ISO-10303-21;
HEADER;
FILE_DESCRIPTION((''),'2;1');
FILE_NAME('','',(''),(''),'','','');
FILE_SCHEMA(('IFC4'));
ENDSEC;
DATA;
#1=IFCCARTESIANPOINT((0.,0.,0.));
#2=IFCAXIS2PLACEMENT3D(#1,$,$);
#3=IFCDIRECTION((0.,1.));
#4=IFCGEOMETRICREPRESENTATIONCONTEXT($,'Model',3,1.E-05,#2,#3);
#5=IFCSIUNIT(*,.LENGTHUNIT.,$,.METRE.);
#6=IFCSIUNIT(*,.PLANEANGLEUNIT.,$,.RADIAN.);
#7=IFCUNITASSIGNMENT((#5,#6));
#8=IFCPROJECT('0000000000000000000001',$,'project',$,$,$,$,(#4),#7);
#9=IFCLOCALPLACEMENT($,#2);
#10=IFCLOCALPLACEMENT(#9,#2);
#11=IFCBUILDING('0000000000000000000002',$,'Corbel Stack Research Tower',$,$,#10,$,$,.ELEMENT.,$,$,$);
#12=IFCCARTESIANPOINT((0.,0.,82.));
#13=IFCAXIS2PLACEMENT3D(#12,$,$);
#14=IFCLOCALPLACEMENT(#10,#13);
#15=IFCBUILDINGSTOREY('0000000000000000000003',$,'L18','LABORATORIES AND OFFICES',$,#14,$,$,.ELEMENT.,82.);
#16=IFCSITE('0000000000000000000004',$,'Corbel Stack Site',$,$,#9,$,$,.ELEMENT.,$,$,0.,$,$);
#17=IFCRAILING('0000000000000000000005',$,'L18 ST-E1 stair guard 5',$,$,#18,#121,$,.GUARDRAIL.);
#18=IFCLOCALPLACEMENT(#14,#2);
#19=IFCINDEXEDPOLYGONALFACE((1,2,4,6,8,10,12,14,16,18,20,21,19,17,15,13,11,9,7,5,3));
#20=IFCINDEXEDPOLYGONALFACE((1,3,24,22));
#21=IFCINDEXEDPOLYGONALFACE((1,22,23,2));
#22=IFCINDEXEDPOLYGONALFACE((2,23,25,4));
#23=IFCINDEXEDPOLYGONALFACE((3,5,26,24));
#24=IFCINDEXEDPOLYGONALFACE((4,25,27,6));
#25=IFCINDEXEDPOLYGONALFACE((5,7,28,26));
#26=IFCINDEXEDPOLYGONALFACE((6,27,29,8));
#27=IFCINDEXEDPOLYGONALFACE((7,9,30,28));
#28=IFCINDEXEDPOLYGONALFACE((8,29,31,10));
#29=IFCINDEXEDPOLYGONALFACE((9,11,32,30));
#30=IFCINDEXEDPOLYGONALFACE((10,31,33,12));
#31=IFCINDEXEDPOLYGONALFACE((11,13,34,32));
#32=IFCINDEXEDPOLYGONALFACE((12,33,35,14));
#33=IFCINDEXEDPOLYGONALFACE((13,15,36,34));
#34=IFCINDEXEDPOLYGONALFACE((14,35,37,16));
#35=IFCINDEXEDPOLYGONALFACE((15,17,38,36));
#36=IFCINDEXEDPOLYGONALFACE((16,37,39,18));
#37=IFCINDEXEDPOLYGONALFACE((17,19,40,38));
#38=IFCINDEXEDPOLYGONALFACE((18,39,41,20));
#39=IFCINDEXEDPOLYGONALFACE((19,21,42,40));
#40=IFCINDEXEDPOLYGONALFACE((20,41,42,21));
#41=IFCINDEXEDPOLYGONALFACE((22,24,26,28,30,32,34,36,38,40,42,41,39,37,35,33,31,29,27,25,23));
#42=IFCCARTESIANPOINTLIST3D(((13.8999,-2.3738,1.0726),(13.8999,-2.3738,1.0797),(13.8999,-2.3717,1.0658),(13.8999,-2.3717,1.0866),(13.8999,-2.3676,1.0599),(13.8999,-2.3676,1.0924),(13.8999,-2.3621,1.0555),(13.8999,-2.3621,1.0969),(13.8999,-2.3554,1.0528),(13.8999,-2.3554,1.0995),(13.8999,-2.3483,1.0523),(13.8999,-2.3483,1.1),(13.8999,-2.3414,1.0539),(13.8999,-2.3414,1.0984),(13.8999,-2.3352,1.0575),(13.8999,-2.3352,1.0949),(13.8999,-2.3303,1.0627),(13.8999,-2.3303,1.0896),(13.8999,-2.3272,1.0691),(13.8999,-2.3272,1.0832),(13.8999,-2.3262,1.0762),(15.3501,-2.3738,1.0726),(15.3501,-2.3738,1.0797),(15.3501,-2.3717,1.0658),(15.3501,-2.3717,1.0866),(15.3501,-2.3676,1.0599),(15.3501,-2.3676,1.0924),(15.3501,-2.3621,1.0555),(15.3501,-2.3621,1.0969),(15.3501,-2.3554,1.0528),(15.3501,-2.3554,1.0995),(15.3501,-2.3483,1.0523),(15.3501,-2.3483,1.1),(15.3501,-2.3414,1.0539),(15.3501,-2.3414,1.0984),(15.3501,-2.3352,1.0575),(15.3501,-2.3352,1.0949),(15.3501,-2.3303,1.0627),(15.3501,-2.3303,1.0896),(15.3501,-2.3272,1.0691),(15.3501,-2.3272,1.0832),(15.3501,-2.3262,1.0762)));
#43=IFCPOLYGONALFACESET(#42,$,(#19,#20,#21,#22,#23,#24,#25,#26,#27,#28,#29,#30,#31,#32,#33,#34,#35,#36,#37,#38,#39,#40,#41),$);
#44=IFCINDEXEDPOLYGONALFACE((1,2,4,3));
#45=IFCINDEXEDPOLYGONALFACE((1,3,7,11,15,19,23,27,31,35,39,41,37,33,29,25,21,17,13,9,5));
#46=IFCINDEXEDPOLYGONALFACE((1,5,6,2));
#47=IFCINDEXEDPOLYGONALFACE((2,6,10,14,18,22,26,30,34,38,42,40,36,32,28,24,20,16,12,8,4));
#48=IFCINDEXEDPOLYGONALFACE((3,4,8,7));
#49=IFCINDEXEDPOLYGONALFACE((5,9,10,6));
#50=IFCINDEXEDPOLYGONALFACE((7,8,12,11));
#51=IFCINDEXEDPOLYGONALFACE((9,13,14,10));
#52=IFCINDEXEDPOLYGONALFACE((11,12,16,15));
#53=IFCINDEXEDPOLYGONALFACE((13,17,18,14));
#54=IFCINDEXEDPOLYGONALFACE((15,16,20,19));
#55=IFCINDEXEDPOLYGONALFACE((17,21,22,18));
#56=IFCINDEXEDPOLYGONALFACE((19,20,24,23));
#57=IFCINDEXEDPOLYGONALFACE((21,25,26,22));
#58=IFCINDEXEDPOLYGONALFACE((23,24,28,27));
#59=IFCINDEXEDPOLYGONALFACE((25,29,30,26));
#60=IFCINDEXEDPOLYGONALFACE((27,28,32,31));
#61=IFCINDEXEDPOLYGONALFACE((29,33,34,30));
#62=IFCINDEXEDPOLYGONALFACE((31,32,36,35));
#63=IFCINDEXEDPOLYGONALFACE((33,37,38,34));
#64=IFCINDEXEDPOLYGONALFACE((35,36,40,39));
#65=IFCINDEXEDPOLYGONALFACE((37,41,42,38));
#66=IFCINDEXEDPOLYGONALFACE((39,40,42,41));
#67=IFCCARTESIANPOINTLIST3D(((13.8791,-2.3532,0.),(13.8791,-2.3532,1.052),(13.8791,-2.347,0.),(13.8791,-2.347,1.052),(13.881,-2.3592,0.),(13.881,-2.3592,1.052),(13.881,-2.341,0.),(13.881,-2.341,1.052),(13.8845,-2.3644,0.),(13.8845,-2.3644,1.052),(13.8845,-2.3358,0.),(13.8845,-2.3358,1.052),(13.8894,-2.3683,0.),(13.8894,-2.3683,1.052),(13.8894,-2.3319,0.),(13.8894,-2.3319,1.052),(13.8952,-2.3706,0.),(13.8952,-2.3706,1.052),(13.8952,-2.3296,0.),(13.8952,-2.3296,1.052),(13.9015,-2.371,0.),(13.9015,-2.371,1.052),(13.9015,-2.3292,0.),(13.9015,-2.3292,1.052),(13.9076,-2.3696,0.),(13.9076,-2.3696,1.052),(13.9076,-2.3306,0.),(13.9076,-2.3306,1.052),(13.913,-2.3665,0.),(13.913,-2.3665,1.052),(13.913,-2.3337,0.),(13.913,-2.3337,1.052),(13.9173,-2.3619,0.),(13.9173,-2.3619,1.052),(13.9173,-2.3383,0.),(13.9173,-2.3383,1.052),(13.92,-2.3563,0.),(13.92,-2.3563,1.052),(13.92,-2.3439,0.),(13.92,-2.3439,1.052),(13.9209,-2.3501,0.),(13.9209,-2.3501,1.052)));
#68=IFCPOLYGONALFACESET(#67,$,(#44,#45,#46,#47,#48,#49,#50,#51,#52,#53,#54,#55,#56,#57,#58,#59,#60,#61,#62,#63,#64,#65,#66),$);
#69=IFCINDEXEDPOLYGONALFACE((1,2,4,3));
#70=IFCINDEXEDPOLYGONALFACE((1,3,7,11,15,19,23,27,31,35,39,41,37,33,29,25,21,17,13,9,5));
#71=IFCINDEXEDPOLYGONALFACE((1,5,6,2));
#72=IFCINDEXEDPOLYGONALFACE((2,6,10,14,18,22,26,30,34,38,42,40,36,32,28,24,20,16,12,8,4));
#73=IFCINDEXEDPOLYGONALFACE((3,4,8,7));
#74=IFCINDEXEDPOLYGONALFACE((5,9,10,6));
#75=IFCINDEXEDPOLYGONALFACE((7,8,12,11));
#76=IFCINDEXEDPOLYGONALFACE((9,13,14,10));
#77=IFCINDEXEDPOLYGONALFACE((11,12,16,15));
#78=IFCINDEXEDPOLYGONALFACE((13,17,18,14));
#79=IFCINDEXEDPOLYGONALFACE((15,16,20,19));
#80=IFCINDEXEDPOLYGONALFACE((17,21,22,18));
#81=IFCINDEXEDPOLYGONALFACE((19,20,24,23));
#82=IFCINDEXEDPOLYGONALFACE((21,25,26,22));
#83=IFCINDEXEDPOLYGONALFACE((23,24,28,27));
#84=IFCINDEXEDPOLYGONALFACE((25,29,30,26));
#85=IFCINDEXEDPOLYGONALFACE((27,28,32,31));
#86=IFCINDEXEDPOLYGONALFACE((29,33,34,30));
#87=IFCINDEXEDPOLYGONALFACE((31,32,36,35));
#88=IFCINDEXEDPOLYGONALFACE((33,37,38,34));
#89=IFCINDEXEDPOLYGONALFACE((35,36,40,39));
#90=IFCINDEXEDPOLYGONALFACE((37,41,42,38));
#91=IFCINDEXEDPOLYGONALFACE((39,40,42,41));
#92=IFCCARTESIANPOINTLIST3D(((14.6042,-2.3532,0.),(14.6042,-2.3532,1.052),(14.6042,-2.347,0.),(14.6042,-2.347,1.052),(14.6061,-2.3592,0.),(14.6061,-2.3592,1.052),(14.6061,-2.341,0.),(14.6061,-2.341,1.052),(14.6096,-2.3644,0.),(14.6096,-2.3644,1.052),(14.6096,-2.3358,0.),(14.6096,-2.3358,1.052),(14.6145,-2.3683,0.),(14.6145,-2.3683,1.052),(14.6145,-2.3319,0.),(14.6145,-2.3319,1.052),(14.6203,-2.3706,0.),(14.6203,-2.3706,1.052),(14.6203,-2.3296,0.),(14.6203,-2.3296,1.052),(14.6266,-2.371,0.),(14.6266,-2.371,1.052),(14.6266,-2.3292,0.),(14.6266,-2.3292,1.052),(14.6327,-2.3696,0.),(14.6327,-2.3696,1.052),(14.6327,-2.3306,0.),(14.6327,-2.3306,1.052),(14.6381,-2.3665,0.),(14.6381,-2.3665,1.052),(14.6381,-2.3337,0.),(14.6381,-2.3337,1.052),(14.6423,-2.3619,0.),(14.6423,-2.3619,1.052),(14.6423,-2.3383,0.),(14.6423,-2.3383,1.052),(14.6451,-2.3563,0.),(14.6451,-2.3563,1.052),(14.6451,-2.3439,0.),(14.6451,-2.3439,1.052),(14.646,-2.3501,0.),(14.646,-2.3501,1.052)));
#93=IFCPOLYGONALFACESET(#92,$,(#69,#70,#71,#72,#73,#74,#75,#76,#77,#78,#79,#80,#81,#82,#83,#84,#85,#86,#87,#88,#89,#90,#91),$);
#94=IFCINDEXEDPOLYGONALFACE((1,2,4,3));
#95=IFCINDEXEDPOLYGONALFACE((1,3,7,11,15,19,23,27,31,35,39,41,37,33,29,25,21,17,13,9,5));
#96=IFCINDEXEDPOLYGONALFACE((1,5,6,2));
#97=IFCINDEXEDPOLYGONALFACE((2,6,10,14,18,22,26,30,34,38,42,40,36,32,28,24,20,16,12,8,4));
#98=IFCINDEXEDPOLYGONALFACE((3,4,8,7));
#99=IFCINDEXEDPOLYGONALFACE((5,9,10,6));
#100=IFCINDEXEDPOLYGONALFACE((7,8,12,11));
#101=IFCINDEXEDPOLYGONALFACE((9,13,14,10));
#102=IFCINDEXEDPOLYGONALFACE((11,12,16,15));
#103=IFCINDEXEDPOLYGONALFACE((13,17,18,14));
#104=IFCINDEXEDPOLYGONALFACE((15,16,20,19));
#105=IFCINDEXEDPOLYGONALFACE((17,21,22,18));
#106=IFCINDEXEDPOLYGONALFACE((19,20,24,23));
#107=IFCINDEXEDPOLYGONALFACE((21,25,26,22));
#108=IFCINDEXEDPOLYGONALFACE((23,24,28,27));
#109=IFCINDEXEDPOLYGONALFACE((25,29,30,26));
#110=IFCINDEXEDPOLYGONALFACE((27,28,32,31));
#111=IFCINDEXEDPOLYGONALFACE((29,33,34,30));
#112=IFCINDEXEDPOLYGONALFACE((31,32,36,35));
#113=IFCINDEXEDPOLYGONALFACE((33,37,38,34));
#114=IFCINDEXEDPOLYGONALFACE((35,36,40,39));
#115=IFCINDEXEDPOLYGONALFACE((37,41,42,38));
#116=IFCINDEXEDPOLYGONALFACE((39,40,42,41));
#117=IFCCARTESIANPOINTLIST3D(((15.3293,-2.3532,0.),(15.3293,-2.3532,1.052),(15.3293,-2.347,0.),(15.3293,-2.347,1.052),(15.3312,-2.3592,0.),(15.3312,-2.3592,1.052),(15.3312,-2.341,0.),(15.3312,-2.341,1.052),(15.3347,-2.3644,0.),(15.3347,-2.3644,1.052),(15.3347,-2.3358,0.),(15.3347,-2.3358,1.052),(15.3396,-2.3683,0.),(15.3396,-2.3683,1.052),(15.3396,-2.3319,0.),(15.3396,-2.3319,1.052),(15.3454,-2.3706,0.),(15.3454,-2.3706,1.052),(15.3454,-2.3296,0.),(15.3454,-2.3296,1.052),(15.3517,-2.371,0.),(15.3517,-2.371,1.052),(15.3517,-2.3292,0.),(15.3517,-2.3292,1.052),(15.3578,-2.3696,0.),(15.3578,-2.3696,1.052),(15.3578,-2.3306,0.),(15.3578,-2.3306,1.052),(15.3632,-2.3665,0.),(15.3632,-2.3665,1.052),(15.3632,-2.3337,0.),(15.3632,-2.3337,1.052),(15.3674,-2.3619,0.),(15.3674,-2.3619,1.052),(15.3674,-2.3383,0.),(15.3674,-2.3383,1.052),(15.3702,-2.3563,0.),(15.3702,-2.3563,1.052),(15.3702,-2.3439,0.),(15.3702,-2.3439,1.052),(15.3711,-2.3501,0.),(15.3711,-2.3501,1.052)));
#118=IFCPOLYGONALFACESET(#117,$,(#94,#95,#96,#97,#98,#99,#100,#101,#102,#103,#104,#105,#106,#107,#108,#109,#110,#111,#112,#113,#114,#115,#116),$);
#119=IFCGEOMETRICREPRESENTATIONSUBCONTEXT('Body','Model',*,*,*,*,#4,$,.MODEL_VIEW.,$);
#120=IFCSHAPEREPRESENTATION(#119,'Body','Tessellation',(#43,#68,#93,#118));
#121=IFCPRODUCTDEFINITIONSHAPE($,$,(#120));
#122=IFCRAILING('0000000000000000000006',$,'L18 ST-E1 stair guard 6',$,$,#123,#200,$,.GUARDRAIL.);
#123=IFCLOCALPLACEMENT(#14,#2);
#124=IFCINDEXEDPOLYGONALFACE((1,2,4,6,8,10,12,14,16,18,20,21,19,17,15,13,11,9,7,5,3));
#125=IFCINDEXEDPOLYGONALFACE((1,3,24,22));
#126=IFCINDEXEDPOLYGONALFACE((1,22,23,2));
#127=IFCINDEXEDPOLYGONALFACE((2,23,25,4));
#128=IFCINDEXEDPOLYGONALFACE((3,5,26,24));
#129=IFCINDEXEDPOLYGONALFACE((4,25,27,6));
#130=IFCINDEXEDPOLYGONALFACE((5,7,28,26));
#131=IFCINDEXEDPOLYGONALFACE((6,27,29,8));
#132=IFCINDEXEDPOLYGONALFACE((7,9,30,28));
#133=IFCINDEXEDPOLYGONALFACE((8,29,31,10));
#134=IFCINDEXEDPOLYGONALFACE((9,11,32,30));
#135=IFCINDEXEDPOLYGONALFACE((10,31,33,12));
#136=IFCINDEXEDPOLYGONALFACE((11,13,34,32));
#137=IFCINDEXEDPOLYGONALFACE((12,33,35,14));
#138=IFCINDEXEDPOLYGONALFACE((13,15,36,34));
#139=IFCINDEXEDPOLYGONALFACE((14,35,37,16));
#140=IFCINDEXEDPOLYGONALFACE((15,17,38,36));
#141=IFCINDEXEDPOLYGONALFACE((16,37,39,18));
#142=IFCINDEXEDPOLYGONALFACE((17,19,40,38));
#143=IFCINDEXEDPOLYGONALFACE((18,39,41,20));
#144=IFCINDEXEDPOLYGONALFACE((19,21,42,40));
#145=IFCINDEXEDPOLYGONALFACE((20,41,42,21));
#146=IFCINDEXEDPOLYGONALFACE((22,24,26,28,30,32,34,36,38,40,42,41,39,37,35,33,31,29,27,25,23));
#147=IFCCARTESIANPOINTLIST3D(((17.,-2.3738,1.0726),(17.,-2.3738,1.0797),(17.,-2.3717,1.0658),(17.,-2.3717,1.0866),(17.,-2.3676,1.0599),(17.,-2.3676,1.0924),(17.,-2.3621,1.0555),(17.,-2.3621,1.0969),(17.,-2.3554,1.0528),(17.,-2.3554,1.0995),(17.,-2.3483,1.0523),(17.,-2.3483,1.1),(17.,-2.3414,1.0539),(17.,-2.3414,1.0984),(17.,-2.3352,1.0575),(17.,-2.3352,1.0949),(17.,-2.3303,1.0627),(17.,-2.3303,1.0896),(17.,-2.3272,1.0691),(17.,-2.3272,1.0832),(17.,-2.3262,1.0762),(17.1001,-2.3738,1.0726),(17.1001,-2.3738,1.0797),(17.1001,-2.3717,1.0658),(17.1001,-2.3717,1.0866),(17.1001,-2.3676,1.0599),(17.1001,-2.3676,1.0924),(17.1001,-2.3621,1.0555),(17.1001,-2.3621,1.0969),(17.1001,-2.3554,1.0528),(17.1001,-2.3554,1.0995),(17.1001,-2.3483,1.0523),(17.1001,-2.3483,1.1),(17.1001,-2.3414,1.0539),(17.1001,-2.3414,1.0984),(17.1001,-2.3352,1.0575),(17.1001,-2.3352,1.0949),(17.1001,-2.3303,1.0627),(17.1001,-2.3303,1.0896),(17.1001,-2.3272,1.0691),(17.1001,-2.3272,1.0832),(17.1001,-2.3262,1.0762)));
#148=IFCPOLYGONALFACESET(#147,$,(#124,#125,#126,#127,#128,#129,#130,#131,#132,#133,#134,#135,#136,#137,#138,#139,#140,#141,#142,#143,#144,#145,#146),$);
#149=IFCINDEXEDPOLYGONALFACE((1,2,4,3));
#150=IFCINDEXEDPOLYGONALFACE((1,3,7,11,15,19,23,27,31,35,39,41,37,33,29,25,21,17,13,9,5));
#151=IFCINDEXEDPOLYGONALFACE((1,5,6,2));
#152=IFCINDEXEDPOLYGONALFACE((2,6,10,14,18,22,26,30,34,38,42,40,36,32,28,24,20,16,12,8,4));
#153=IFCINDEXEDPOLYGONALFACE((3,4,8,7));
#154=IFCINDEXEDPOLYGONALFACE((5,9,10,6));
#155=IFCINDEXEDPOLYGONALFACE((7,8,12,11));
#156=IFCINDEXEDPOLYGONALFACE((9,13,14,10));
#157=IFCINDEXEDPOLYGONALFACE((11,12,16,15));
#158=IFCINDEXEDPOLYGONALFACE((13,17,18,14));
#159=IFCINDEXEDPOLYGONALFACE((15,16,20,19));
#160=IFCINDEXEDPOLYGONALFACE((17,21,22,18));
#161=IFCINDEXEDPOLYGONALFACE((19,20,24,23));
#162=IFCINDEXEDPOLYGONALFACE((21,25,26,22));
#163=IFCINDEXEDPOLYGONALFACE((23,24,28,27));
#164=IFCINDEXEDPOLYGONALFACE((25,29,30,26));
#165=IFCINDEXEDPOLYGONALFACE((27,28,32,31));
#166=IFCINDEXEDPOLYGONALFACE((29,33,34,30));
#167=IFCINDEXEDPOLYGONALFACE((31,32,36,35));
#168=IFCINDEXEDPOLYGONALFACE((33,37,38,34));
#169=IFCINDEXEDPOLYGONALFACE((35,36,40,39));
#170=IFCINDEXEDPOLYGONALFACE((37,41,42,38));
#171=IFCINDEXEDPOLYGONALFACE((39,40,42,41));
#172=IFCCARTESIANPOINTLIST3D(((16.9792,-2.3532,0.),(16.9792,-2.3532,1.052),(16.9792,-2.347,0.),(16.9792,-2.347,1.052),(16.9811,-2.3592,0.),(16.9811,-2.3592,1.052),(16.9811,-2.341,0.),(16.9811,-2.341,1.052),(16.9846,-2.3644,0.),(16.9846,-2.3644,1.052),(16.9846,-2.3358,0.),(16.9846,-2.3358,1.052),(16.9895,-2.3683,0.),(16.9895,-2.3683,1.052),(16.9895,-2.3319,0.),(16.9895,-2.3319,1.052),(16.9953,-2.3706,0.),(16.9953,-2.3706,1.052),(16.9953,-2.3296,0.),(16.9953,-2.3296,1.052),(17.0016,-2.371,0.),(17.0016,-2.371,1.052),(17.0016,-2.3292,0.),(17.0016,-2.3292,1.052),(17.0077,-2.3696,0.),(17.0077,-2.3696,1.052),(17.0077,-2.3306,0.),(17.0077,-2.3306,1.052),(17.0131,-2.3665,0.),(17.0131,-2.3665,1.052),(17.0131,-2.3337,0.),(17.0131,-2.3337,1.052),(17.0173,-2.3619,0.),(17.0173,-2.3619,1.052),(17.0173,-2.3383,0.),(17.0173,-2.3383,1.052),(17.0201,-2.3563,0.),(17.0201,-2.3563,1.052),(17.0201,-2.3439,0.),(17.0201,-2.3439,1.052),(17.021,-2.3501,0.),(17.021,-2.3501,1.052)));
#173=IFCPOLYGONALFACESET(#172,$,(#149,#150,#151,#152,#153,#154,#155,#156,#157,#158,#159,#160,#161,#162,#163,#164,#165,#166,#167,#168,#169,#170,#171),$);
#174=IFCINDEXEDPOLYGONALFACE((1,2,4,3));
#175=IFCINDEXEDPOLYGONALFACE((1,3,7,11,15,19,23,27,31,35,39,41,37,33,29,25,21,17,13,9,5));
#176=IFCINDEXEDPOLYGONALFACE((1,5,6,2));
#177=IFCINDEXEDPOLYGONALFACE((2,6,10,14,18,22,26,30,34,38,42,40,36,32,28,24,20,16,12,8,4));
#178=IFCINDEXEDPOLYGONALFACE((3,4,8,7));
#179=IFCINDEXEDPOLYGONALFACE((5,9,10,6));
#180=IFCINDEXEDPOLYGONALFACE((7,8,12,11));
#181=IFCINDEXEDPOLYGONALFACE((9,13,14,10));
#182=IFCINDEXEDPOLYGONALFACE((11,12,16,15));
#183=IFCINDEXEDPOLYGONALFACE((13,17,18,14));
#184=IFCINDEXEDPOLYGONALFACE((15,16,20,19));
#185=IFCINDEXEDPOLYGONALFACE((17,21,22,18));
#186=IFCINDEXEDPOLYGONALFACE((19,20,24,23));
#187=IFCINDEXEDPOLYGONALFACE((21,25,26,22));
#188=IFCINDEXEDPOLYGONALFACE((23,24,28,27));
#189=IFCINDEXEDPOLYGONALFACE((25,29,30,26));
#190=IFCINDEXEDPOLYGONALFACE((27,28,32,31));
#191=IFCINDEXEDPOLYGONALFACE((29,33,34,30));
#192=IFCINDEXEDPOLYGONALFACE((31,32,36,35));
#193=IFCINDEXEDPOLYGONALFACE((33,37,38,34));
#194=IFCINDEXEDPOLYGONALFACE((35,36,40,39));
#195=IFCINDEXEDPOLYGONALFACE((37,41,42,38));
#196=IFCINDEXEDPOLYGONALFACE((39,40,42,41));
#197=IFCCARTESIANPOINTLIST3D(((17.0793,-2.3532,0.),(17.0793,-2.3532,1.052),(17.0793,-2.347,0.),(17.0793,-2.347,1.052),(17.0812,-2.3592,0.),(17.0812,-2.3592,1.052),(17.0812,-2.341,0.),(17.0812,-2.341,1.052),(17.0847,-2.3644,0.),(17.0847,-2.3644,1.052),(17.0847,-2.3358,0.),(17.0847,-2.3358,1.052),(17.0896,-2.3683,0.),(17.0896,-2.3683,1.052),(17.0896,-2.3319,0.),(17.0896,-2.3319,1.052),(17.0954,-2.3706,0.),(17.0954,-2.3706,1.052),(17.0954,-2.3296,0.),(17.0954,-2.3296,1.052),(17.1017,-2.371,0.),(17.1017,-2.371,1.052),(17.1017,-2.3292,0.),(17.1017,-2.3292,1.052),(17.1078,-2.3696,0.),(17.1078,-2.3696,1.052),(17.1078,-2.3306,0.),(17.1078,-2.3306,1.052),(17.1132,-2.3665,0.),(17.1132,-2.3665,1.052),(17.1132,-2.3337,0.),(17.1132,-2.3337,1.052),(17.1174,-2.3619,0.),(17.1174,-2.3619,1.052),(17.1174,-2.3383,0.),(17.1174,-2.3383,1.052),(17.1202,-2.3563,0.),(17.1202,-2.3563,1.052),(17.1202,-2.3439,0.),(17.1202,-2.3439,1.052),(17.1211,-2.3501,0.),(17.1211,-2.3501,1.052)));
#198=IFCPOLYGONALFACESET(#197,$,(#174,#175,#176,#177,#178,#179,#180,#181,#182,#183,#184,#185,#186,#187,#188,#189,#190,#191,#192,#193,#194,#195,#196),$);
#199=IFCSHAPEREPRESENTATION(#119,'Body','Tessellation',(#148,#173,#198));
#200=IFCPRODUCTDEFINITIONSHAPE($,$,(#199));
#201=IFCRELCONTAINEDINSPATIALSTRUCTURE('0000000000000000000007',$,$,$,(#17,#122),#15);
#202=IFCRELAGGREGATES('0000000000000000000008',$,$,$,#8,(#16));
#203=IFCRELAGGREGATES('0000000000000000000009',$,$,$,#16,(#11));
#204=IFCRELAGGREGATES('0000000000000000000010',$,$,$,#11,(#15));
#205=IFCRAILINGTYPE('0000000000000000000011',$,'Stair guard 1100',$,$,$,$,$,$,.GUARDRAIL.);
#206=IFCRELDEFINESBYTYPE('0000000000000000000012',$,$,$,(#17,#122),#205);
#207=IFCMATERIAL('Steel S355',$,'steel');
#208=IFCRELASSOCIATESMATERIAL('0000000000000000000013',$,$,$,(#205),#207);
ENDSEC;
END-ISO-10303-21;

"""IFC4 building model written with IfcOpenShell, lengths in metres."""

from ifc_helpers import new_model, si_unit, direction, frame, origin, origin_2d, place, context, subcontext, project, spatial, circle, extrude, material, type_object, element, save


model = new_model("IFC4")

# Units and contexts
model_context = context("Model", 3, precision=1e-05, world=origin(), true_north=direction((0.0, 1.0)))
body_context = subcontext(model_context, "Body", "Model", "MODEL_VIEW")
ifc_project = project(units=[si_unit("LENGTHUNIT", "METRE"), si_unit("PLANEANGLEUNIT", "RADIAN")], contexts=[model_context])

# Site, building, storey
site_placement = place(None, origin())
site = spatial("IfcSite", under=ifc_project, at=site_placement, Name="Corbel Stack Site", CompositionType="ELEMENT", RefElevation=0.0)
building_placement = place(site_placement, origin())
building = spatial("IfcBuilding", under=site, at=building_placement, Name="Corbel Stack Research Tower", CompositionType="ELEMENT")
storey_placement = place(building_placement, frame((0.0, 0.0, 82.0)))
storey = spatial("IfcBuildingStorey", under=building, at=storey_placement, Name="L18", Description="LABORATORIES AND OFFICES", CompositionType="ELEMENT", Elevation=82.0)

# Railings
ifc_material_1 = material(Name="Steel S355", Category="steel")
railing_type_1 = type_object("IfcRailingType", Name="Stair guard 1100", PredefinedType="GUARDRAIL", material=ifc_material_1)
railing_1_placement = place(storey_placement, frame((13.8999, -2.3501, 0.0)))
element("IfcRailing", 1, at=railing_1_placement, inside=storey, type_object=railing_type_1, Name="L18 ST-E1 stair guard 5", PredefinedType="GUARDRAIL", context=body_context, shape_type="SweptSolid", body=[
    extrude(circle(Radius=0.0239, at=origin_2d()), frame((0.0, 0.0, 1.0762), z_axis=(1.0, 0.0, 0.0), x_axis=(0.0, 1.0, 0.0)), (0.0, 0.0, 1.0), 1.4502),
    extrude(circle(Radius=0.021, at=origin_2d()), origin(), (0.0, 0.0, 1.0), 1.052),
    extrude(circle(Radius=0.021, at=origin_2d()), frame((0.7251, 0.0, 0.0)), (0.0, 0.0, 1.0), 1.052),
    extrude(circle(Radius=0.021, at=origin_2d()), frame((1.4502, 0.0, 0.0)), (0.0, 0.0, 1.0), 1.052),
])
railing_2_placement = place(storey_placement, frame((17.0, -2.3501, 0.0)))
element("IfcRailing", 2, at=railing_2_placement, inside=storey, type_object=railing_type_1, Name="L18 ST-E1 stair guard 6", PredefinedType="GUARDRAIL", context=body_context, shape_type="SweptSolid", body=[
    extrude(circle(Radius=0.0239, at=origin_2d()), frame((0.0, 0.0, 1.0762), z_axis=(1.0, 0.0, 0.0), x_axis=(0.0, 1.0, 0.0)), (0.0, 0.0, 1.0), 0.1001),
    extrude(circle(Radius=0.021, at=origin_2d()), origin(), (0.0, 0.0, 1.0), 1.052),
    extrude(circle(Radius=0.021, at=origin_2d()), frame((0.1001, 0.0, 0.0)), (0.0, 0.0, 1.0), 1.052),
])

save(model, "model.ifc")
